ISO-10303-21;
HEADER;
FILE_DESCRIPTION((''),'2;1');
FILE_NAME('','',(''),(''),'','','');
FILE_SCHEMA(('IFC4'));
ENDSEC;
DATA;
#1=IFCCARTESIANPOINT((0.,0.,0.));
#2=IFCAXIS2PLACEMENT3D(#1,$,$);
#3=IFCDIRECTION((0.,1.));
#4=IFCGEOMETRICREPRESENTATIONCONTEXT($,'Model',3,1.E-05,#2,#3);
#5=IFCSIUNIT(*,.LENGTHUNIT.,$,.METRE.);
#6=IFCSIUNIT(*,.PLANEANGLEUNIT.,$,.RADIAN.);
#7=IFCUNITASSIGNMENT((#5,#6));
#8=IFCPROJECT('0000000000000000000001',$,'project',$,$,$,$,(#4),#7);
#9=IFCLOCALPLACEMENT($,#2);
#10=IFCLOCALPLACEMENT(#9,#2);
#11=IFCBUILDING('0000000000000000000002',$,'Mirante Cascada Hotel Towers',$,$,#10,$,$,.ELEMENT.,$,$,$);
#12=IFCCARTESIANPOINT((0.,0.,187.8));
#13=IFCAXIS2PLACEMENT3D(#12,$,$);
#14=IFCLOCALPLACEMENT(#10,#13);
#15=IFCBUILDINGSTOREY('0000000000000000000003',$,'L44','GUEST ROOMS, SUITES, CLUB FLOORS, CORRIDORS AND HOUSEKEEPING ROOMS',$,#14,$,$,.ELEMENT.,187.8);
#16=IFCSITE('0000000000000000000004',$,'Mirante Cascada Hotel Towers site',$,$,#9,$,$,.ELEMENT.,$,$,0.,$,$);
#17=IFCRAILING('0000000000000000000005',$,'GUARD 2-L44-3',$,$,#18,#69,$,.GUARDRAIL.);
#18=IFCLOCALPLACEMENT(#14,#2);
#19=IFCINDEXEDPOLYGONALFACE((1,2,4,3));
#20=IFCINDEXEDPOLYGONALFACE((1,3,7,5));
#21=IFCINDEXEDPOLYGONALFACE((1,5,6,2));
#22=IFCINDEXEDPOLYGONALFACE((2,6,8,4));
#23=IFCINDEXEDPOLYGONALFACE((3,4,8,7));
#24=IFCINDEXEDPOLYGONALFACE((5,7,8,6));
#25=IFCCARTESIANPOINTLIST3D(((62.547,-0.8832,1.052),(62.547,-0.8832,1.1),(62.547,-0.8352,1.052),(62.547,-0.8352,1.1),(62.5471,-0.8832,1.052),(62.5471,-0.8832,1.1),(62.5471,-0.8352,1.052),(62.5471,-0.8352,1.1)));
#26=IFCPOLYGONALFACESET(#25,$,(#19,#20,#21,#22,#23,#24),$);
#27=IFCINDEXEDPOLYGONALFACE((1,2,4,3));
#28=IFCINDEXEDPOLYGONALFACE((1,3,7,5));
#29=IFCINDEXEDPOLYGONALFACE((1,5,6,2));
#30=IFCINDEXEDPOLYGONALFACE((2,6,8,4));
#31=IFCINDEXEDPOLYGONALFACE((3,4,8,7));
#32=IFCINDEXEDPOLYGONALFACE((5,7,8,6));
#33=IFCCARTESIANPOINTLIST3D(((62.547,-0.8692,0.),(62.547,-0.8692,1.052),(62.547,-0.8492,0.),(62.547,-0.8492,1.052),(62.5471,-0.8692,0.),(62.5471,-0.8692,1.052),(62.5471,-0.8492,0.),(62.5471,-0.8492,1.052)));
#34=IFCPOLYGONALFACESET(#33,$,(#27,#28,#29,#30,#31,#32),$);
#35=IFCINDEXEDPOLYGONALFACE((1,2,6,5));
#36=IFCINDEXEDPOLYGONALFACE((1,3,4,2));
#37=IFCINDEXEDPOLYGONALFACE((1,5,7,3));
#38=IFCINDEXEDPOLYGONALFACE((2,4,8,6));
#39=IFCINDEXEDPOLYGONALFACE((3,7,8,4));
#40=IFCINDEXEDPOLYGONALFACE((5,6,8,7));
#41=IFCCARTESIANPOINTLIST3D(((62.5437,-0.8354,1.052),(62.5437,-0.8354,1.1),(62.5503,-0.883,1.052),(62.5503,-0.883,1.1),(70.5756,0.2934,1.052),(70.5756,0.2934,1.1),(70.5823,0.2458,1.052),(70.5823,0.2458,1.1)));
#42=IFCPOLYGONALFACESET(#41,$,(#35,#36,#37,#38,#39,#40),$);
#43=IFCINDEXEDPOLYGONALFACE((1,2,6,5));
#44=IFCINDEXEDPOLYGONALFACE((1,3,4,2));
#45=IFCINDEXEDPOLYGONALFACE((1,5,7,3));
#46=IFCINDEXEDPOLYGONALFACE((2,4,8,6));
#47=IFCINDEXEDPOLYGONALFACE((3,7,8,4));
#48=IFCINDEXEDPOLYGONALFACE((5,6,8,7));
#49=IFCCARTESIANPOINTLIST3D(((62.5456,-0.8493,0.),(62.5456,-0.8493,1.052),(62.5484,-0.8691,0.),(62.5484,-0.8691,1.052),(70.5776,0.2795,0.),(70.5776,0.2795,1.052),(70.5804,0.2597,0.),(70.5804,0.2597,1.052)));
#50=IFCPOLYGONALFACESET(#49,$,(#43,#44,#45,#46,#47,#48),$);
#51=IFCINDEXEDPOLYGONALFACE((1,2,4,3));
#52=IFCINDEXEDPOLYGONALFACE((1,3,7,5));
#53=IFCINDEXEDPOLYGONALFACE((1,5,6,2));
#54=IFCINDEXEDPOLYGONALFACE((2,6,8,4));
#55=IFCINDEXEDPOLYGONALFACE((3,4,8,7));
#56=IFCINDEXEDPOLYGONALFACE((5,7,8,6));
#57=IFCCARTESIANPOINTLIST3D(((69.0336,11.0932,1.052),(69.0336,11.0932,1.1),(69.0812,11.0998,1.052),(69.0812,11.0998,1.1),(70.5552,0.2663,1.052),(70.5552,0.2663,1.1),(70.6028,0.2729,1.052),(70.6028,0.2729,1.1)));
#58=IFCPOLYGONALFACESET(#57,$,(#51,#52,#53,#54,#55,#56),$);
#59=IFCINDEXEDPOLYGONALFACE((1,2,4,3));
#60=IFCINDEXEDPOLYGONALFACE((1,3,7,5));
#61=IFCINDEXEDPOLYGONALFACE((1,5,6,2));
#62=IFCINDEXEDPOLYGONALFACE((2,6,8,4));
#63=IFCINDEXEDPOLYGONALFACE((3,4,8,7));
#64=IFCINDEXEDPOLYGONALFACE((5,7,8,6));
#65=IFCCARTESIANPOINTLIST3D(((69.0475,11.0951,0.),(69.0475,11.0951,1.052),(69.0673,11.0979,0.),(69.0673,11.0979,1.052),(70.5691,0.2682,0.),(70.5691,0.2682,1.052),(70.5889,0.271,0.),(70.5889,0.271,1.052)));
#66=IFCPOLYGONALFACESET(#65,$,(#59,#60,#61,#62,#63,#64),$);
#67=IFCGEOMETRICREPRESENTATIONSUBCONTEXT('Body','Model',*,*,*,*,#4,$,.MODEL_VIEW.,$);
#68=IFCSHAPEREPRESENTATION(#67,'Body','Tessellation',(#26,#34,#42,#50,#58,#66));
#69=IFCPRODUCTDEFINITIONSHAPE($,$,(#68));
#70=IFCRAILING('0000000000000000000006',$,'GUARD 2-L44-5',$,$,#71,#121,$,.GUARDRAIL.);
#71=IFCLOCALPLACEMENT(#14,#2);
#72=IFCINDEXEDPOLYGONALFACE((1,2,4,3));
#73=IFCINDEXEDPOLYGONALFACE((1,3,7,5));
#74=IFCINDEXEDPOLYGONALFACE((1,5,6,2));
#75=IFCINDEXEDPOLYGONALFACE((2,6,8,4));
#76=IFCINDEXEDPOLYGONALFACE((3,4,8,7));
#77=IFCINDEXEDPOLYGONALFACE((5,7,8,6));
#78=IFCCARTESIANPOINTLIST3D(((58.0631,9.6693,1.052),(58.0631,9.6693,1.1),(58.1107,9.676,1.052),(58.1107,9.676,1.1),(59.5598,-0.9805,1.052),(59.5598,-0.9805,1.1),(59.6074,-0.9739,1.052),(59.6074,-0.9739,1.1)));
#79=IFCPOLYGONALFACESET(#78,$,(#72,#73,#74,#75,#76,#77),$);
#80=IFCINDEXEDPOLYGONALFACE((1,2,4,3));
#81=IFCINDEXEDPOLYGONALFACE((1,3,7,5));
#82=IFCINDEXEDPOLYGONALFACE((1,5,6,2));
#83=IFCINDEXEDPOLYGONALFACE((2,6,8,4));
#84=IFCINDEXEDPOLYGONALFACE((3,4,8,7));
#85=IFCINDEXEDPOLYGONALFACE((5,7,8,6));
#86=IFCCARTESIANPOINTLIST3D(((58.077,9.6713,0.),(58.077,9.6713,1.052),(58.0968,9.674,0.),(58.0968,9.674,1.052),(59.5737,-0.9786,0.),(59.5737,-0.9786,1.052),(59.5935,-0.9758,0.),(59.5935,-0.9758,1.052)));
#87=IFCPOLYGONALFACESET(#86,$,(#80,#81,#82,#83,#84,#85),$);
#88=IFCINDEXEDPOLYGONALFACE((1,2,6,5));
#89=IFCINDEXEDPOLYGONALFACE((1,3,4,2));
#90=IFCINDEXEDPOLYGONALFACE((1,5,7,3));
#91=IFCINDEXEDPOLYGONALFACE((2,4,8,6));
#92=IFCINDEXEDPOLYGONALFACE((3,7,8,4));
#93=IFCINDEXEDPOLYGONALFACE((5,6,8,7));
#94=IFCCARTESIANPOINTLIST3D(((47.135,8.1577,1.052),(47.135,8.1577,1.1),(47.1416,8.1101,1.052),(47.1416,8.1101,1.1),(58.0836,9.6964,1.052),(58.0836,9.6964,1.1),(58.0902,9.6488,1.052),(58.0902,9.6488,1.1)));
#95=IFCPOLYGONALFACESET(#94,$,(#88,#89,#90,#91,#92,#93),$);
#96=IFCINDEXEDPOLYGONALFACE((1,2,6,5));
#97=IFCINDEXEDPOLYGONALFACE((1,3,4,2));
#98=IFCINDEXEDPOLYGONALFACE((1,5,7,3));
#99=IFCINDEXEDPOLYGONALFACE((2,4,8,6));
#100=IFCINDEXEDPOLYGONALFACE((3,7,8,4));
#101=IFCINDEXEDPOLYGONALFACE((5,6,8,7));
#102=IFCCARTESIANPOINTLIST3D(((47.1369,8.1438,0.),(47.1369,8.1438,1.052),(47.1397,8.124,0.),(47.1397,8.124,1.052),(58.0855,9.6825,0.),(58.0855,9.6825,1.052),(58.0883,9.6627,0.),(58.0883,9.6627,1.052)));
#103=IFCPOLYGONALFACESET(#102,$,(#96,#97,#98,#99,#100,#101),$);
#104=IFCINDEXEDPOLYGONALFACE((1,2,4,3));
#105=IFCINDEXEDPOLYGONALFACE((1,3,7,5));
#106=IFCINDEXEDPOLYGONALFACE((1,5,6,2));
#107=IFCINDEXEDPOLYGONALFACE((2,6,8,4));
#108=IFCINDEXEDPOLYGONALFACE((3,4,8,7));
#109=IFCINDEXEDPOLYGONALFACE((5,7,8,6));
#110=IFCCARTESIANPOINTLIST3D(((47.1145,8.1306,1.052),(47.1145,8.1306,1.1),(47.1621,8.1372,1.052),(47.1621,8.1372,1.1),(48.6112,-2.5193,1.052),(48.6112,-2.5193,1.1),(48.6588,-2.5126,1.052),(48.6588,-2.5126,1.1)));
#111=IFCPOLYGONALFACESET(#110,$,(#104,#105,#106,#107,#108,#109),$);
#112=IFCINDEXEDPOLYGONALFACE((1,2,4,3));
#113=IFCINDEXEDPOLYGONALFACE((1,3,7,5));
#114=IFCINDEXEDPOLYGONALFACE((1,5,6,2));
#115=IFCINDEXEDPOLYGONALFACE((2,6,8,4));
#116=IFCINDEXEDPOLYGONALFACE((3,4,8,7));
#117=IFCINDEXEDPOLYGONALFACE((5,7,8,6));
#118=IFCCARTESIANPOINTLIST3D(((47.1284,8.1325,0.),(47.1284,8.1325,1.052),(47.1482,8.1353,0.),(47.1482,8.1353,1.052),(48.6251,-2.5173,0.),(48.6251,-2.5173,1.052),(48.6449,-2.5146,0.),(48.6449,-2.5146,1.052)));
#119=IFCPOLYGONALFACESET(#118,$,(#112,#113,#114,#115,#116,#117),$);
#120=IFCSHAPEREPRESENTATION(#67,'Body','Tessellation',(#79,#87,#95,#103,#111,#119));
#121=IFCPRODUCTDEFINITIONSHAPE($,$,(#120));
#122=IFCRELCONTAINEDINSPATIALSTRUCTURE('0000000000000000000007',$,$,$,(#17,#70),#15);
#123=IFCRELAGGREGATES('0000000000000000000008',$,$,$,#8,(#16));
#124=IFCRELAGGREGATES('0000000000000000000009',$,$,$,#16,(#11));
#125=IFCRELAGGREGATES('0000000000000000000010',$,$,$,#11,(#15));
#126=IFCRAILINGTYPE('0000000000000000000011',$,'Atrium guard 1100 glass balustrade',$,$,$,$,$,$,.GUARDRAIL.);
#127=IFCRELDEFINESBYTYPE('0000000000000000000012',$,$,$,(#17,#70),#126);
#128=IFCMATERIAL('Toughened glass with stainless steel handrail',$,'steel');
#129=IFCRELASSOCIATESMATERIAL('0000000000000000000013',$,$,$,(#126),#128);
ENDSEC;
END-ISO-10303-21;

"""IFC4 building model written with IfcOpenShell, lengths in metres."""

from ifc_helpers import new_model, si_unit, direction, frame, origin, origin_2d, place, context, subcontext, project, spatial, rectangle, extrude, material, type_object, element, save


model = new_model("IFC4")

# Units and contexts
model_context = context("Model", 3, precision=1e-05, world=origin(), true_north=direction((0.0, 1.0)))
body_context = subcontext(model_context, "Body", "Model", "MODEL_VIEW")
ifc_project = project(units=[si_unit("LENGTHUNIT", "METRE"), si_unit("PLANEANGLEUNIT", "RADIAN")], contexts=[model_context])

# Site, building, storey
site_placement = place(None, origin())
site = spatial("IfcSite", under=ifc_project, at=site_placement, Name="Mirante Cascada Hotel Towers site", CompositionType="ELEMENT", RefElevation=0.0)
building_placement = place(site_placement, origin())
building = spatial("IfcBuilding", under=site, at=building_placement, Name="Mirante Cascada Hotel Towers", CompositionType="ELEMENT")
storey_placement = place(building_placement, frame((0.0, 0.0, 187.8)))
storey = spatial("IfcBuildingStorey", under=building, at=storey_placement, Name="L44", Description="GUEST ROOMS, SUITES, CLUB FLOORS, CORRIDORS AND HOUSEKEEPING ROOMS", CompositionType="ELEMENT", Elevation=187.8)

# Railings
ifc_material_1 = material(Name="Toughened glass with stainless steel handrail", Category="steel")
railing_type_1 = type_object("IfcRailingType", Name="Atrium guard 1100 glass balustrade", PredefinedType="GUARDRAIL", material=ifc_material_1)
railing_1_placement = place(storey_placement, frame((62.5471, -0.8592, 0.0)))
element("IfcRailing", 1, at=railing_1_placement, inside=storey, type_object=railing_type_1, Name="GUARD 2-L44-3", PredefinedType="GUARDRAIL", context=body_context, shape_type="SweptSolid", body=[
    extrude(rectangle(XDim=0.048, YDim=0.048, at=origin_2d()), frame((0.0, 0.0, 1.076), z_axis=(-1.0, 0.0, 0.0), x_axis=(0.0, -1.0, 0.0)), (0.0, 0.0, 1.0), 0.0001),
    extrude(rectangle(XDim=0.02, YDim=1.052, at=origin_2d()), frame((0.0, 0.0, 0.526), z_axis=(-1.0, 0.0, 0.0), x_axis=(0.0, -1.0, 0.0)), (0.0, 0.0, 1.0), 0.0001),
    extrude(rectangle(XDim=0.048, YDim=0.048, at=origin_2d()), frame((-0.0001, 0.0, 1.076), z_axis=(0.990268, 0.13917, 0.0), x_axis=(-0.13917, 0.990268, 0.0)), (0.0, 0.0, 1.0), 8.1109),
    extrude(rectangle(XDim=0.02, YDim=1.052, at=origin_2d()), frame((-0.0001, 0.0, 0.526), z_axis=(0.990268, 0.13917, 0.0), x_axis=(-0.13917, 0.990268, 0.0)), (0.0, 0.0, 1.0), 8.1109),
    extrude(rectangle(XDim=0.048, YDim=0.048, at=origin_2d()), frame((8.0319, 1.1288, 1.076), z_axis=(-0.139171, 0.990268, 0.0), x_axis=(-0.990268, -0.139171, 0.0)), (0.0, 0.0, 1.0), 10.9333),
    extrude(rectangle(XDim=0.02, YDim=1.052, at=origin_2d()), frame((8.0319, 1.1288, 0.526), z_axis=(-0.139171, 0.990268, 0.0), x_axis=(-0.990268, -0.139171, 0.0)), (0.0, 0.0, 1.0), 10.9333),
])
railing_2_placement = place(storey_placement, frame((59.5836, -0.9772, 0.0)))
element("IfcRailing", 2, at=railing_2_placement, inside=storey, type_object=railing_type_1, Name="GUARD 2-L44-5", PredefinedType="GUARDRAIL", context=body_context, shape_type="SweptSolid", body=[
    extrude(rectangle(XDim=0.048, YDim=0.048, at=origin_2d()), frame((0.0, 0.0, 1.076), z_axis=(-0.13917, 0.990268, 0.0), x_axis=(-0.990268, -0.13917, 0.0)), (0.0, 0.0, 1.0), 10.7545),
    extrude(rectangle(XDim=0.02, YDim=1.052, at=origin_2d()), frame((0.0, 0.0, 0.526), z_axis=(-0.13917, 0.990268, 0.0), x_axis=(-0.990268, -0.13917, 0.0)), (0.0, 0.0, 1.0), 10.7545),
    extrude(rectangle(XDim=0.048, YDim=0.048, at=origin_2d()), frame((-1.4967, 10.6498, 1.076), z_axis=(-0.990268, -0.139171, 0.0), x_axis=(0.139171, -0.990268, 0.0)), (0.0, 0.0, 1.0), 11.0562),
    extrude(rectangle(XDim=0.02, YDim=1.052, at=origin_2d()), frame((-1.4967, 10.6498, 0.526), z_axis=(-0.990268, -0.139171, 0.0), x_axis=(0.139171, -0.990268, 0.0)), (0.0, 0.0, 1.0), 11.0562),
    extrude(rectangle(XDim=0.048, YDim=0.048, at=origin_2d()), frame((-12.4453, 9.1111, 1.076), z_axis=(0.13917, -0.990268, 0.0), x_axis=(0.990268, 0.13917, 0.0)), (0.0, 0.0, 1.0), 10.7545),
    extrude(rectangle(XDim=0.02, YDim=1.052, at=origin_2d()), frame((-12.4453, 9.1111, 0.526), z_axis=(0.13917, -0.990268, 0.0), x_axis=(0.990268, 0.13917, 0.0)), (0.0, 0.0, 1.0), 10.7545),
])

save(model, "model.ifc")
